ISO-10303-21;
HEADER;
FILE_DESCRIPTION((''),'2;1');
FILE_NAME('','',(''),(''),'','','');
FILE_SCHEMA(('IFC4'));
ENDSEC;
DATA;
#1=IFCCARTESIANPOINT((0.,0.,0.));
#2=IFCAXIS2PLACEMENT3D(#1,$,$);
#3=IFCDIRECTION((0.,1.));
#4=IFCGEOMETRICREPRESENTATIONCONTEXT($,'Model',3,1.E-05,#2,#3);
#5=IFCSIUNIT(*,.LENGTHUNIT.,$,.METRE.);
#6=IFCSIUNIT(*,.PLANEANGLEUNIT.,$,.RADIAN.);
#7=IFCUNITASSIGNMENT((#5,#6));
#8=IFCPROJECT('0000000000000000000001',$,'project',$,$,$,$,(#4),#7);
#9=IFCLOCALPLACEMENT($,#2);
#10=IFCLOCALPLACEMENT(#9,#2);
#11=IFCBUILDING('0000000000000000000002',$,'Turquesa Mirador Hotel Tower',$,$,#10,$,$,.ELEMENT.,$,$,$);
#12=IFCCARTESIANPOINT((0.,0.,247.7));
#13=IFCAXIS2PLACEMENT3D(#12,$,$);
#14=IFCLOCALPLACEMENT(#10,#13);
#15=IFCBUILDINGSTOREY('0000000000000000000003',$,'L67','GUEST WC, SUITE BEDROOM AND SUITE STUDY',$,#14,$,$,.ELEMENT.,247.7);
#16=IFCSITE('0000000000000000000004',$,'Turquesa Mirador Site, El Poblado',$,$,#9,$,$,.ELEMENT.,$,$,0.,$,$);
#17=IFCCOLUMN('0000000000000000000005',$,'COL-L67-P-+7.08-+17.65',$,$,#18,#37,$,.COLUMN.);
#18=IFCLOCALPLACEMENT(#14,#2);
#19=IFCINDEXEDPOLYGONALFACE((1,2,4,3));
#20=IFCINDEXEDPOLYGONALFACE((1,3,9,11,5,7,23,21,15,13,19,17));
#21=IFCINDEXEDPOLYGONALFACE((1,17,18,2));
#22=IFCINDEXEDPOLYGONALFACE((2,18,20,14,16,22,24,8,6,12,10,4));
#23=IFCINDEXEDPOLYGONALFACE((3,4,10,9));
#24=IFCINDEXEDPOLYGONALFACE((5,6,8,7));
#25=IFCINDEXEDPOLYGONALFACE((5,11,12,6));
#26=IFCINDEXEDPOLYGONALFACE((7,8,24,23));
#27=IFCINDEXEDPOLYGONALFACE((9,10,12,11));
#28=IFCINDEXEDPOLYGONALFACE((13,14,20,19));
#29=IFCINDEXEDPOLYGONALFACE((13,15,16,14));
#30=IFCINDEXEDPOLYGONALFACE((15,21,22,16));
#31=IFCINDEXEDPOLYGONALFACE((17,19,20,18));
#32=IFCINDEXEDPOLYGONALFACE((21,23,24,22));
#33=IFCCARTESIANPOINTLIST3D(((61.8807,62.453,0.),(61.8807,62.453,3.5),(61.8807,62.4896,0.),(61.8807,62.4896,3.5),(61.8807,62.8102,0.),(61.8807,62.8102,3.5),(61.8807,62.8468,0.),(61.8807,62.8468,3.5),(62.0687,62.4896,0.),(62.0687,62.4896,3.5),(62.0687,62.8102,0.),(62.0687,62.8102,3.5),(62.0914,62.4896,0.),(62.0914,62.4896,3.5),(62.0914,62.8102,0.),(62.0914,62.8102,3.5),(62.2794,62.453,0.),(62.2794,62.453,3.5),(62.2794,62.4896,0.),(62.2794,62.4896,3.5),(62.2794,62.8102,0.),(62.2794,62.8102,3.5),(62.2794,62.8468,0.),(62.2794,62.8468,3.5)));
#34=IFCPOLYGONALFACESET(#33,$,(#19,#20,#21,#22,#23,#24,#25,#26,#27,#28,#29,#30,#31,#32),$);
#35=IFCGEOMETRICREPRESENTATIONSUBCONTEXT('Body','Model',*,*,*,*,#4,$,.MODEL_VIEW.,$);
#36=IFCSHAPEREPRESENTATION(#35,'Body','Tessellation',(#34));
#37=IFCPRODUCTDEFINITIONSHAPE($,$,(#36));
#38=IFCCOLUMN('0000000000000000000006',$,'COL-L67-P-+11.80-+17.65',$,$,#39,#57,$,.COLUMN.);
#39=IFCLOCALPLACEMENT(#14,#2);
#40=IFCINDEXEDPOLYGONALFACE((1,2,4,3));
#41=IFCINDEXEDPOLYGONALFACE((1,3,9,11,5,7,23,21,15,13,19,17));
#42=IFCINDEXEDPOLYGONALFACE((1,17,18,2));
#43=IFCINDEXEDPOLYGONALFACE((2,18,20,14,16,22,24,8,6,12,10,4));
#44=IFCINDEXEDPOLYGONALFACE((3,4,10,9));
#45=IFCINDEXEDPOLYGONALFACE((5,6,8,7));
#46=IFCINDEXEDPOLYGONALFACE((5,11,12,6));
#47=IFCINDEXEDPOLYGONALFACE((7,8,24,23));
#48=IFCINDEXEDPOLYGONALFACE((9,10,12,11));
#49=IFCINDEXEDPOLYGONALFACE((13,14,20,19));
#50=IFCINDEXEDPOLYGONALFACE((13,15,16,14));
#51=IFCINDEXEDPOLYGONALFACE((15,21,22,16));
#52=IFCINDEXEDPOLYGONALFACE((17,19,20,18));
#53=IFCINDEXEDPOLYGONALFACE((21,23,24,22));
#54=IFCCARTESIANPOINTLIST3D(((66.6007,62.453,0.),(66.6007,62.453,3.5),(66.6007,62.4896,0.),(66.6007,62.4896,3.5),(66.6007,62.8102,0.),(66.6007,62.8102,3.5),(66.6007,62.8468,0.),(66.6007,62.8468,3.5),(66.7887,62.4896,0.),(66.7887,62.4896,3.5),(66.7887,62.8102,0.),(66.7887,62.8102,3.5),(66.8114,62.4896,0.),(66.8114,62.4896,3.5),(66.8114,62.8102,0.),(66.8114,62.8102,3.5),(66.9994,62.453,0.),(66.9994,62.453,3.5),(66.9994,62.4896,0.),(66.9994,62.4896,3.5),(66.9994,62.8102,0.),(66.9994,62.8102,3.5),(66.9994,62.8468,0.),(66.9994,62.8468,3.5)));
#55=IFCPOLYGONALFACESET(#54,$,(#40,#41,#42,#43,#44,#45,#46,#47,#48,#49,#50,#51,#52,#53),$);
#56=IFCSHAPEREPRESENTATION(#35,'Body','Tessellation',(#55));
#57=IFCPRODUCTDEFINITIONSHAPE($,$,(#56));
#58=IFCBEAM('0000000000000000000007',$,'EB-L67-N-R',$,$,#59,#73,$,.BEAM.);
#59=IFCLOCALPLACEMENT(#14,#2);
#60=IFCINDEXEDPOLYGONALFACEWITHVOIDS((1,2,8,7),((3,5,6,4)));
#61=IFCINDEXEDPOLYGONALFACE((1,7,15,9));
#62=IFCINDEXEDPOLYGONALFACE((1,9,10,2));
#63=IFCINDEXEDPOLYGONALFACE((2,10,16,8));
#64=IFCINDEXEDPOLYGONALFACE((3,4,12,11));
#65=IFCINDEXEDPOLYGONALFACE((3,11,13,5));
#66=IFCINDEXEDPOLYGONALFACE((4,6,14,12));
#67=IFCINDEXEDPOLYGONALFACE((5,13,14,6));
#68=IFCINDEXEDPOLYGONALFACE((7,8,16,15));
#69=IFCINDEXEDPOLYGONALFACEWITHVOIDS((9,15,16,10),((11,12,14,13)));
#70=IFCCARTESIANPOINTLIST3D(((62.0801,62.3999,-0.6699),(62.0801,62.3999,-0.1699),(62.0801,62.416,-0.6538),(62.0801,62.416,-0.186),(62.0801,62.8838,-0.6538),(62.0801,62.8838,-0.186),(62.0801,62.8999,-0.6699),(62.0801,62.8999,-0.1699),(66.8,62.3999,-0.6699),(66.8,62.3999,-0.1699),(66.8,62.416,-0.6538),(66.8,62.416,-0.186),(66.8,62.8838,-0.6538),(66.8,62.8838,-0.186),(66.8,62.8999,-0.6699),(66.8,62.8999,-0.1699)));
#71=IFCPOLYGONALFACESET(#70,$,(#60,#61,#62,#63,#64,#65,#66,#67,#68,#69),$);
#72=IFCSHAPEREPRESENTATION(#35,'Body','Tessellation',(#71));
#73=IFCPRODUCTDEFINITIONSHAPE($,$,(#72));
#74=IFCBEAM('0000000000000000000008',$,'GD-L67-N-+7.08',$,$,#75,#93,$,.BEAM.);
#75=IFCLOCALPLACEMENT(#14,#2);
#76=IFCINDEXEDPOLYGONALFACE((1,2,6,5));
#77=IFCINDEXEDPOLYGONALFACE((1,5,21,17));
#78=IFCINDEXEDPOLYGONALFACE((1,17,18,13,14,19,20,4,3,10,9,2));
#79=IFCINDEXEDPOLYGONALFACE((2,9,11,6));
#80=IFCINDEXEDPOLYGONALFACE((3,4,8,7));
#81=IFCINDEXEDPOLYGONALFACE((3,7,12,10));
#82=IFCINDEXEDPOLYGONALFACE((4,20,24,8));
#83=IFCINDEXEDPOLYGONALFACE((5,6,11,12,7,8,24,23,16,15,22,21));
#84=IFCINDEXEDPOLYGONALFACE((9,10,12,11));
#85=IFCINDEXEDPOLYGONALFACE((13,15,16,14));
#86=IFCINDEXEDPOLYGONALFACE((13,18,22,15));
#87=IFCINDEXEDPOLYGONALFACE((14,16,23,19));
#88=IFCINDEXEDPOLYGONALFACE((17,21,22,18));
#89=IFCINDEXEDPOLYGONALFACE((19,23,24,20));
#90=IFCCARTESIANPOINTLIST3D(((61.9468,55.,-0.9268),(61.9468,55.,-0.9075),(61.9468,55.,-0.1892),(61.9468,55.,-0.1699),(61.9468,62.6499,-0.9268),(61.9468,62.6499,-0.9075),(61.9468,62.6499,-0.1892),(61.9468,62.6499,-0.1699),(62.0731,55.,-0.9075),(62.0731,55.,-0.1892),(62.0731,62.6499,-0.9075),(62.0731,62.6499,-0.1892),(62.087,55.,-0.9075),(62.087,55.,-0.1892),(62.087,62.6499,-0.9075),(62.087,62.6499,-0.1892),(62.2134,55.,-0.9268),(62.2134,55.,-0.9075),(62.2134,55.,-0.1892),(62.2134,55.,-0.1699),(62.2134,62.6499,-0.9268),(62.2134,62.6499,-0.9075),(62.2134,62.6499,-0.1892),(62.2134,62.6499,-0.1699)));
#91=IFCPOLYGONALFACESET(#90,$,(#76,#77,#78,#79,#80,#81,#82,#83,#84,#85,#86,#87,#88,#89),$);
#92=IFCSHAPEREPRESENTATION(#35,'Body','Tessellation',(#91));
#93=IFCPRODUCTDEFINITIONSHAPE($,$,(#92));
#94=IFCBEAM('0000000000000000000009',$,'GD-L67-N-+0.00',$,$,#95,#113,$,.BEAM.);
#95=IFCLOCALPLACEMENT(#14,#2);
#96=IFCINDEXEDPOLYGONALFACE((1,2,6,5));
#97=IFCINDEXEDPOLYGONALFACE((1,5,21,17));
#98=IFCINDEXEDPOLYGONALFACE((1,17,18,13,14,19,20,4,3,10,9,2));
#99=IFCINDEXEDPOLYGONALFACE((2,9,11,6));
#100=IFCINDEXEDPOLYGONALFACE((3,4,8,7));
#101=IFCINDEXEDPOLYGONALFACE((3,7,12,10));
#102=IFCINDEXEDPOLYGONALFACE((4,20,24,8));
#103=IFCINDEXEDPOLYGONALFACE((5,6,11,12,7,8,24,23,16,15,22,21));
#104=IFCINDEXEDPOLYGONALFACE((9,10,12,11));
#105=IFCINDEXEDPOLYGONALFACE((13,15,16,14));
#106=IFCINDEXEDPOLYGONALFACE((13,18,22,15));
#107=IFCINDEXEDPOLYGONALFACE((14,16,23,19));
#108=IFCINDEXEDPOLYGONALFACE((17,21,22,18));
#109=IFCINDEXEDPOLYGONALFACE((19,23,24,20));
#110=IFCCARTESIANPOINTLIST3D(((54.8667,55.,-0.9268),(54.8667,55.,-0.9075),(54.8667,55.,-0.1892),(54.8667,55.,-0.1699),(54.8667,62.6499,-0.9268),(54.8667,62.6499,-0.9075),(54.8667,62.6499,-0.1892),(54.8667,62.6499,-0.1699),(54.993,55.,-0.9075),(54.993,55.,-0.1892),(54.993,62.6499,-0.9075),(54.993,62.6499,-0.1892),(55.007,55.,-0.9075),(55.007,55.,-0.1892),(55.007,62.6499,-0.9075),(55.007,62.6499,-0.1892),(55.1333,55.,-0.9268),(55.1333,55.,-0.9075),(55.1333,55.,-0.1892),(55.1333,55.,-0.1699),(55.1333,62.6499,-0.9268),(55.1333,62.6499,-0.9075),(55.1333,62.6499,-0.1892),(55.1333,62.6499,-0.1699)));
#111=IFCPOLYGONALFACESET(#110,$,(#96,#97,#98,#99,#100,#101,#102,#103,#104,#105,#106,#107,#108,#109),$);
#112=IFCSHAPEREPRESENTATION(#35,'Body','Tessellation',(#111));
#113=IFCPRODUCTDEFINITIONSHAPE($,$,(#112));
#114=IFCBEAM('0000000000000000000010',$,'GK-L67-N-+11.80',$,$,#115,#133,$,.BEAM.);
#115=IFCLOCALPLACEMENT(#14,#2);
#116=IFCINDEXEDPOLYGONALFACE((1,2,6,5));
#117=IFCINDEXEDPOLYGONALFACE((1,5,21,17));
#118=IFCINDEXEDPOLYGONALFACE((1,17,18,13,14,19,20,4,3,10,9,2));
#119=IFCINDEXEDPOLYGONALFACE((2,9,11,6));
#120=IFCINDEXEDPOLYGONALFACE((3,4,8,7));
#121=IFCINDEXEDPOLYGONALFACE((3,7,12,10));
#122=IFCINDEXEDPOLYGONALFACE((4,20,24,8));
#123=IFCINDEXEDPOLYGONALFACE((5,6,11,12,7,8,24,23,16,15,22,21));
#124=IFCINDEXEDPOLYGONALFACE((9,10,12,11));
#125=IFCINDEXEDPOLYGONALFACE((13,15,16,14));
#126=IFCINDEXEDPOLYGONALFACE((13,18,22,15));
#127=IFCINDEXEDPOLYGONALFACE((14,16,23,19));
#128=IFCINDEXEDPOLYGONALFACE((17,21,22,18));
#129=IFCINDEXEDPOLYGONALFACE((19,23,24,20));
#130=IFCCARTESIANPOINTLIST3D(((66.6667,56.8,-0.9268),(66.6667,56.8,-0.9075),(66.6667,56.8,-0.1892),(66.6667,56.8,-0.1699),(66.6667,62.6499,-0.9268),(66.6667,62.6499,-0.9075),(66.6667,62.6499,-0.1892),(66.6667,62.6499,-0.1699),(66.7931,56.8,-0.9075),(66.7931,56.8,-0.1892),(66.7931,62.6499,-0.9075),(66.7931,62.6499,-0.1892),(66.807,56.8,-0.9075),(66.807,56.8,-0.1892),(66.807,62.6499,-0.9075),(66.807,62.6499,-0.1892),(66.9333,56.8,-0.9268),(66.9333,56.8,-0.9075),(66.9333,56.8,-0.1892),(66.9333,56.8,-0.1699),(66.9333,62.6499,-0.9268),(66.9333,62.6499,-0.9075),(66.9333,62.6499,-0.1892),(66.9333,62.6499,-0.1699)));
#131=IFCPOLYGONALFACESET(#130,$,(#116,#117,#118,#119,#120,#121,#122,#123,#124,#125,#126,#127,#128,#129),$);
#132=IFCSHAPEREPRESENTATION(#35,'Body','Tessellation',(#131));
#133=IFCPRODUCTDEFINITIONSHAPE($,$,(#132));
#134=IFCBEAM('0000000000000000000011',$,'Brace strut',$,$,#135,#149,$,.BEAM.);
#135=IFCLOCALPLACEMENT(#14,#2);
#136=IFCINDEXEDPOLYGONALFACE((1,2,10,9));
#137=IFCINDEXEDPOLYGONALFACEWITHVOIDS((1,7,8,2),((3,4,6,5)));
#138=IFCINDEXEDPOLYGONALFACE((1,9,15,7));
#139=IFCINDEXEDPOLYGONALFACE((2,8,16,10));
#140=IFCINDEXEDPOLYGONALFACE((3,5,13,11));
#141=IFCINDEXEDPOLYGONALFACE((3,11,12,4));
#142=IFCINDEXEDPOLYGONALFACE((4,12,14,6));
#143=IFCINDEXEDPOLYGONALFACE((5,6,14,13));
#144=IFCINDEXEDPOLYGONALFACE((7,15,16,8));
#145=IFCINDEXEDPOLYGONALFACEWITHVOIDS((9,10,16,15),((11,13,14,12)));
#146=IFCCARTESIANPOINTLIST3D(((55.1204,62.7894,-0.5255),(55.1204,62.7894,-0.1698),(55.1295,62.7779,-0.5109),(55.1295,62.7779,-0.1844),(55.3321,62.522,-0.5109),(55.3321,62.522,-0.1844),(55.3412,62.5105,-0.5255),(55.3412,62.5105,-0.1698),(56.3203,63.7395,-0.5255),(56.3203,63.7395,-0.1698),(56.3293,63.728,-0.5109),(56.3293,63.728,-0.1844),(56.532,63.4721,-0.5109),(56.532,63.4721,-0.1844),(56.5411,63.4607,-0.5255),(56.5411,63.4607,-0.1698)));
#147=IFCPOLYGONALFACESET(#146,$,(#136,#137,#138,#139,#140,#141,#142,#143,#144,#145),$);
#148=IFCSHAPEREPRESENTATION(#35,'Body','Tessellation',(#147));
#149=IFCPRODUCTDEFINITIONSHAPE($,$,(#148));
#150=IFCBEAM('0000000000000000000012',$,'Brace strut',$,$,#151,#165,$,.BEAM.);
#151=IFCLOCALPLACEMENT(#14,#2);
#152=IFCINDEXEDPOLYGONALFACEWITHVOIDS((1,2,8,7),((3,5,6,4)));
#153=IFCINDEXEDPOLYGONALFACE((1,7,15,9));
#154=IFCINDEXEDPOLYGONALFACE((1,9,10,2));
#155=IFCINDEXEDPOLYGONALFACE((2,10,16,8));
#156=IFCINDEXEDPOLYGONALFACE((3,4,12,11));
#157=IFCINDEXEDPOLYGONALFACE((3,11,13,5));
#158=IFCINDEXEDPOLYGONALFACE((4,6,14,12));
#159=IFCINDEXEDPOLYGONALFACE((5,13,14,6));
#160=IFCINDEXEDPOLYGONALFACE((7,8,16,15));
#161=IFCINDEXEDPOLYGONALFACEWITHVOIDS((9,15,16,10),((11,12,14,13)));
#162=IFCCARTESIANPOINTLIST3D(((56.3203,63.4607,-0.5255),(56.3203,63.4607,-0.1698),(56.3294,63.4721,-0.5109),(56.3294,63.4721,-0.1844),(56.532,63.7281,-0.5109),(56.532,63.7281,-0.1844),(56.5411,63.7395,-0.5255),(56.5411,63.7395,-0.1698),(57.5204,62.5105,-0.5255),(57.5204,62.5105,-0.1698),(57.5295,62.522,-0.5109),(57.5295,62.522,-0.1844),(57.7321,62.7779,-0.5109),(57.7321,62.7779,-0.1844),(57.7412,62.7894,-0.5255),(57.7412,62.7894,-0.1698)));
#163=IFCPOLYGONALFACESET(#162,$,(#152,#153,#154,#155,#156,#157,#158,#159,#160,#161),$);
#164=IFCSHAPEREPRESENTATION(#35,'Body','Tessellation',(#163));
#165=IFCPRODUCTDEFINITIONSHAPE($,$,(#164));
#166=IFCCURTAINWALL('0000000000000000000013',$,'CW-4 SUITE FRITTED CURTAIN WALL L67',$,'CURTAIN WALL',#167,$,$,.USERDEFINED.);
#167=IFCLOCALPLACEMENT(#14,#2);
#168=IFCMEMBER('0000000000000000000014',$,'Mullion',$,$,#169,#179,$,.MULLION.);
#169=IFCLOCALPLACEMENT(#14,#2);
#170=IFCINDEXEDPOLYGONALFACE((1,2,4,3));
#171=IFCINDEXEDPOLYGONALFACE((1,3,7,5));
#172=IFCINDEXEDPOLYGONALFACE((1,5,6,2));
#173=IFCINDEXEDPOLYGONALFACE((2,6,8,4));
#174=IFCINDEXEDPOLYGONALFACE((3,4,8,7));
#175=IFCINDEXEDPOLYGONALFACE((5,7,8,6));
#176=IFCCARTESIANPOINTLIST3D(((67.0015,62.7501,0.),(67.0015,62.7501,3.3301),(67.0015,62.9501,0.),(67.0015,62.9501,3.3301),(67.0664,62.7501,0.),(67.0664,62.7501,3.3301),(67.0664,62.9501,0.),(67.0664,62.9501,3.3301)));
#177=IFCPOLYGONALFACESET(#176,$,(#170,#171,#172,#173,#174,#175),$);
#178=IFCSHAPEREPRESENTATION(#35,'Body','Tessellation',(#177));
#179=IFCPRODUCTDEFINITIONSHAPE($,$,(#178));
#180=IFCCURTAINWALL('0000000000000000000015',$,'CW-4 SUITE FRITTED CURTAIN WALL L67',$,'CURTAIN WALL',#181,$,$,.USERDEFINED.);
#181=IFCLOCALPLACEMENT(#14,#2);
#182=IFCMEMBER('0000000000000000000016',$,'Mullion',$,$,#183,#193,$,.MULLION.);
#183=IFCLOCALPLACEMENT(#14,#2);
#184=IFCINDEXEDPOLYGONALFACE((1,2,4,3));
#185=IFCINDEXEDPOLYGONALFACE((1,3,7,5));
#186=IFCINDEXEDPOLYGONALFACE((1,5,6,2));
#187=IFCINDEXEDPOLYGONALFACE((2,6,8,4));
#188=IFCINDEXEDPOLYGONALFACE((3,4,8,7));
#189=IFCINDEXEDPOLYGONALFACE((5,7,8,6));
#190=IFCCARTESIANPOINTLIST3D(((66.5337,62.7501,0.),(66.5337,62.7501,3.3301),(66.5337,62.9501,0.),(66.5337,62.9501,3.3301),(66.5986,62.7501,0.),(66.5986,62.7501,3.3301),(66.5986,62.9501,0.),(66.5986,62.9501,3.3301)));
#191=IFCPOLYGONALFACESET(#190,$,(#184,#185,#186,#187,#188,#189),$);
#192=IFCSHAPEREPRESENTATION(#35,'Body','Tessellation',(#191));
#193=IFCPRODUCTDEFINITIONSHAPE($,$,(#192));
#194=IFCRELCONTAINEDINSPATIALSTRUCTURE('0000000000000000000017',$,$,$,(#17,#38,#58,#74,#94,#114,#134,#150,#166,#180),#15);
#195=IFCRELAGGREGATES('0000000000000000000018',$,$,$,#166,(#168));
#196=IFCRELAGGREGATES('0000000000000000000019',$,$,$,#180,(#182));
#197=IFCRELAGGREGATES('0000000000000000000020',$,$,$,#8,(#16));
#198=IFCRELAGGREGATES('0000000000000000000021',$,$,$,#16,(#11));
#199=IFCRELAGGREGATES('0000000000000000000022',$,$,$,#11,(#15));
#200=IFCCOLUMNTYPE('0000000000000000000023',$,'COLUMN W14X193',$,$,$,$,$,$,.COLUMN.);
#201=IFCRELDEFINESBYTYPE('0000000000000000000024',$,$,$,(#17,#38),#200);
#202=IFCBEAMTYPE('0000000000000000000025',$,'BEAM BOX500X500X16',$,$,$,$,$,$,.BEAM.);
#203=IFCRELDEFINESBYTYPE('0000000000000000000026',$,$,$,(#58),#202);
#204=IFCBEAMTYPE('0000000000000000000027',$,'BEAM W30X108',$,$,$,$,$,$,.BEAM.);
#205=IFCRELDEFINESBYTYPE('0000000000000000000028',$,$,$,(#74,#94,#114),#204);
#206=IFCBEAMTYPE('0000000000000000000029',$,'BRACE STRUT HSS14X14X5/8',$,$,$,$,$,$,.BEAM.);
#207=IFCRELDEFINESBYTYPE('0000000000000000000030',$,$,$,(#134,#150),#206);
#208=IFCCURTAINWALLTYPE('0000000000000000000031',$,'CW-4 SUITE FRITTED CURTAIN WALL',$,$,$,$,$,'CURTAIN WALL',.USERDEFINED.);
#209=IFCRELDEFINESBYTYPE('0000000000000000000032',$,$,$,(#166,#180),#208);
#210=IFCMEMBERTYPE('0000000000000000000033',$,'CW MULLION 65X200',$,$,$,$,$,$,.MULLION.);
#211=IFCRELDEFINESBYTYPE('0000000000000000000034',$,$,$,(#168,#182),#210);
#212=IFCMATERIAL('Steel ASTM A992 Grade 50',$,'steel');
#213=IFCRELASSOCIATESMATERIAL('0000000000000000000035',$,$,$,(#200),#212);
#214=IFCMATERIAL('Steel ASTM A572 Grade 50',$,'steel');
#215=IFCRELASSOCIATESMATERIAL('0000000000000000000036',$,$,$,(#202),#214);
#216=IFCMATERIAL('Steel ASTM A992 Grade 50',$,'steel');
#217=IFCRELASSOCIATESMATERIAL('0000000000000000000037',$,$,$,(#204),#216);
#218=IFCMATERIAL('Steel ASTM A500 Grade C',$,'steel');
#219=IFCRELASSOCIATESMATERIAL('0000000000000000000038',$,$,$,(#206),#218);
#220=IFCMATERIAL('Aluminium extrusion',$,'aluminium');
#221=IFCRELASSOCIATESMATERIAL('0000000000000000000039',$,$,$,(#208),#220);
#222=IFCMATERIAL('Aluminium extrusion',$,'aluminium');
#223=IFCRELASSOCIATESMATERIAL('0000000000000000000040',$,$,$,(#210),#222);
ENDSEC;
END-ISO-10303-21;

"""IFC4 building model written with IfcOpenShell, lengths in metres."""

from ifc_helpers import new_model, si_unit, direction, frame, origin, origin_2d, place, context, subcontext, project, spatial, rectangle, hollow_rectangle, i_section, extrude, material, material_profile, profile_set, type_object, element, aggregate, save


model = new_model("IFC4")

# Units and contexts
model_context = context("Model", 3, precision=1e-05, world=origin(), true_north=direction((0.0, 1.0)))
body_context = subcontext(model_context, "Body", "Model", "MODEL_VIEW")
ifc_project = project(units=[si_unit("LENGTHUNIT", "METRE"), si_unit("PLANEANGLEUNIT", "RADIAN")], contexts=[model_context])

# Site, building, storey
site_placement = place(None, origin())
site = spatial("IfcSite", under=ifc_project, at=site_placement, Name="Turquesa Mirador Site, El Poblado", CompositionType="ELEMENT", RefElevation=0.0)
building_placement = place(site_placement, origin())
building = spatial("IfcBuilding", under=site, at=building_placement, Name="Turquesa Mirador Hotel Tower", CompositionType="ELEMENT")
storey_placement = place(building_placement, frame((0.0, 0.0, 247.7)))
storey = spatial("IfcBuildingStorey", under=building, at=storey_placement, Name="L67", Description="GUEST WC, SUITE BEDROOM AND SUITE STUDY", CompositionType="ELEMENT", Elevation=247.7)

# Columns
ifc_material_1 = material(Name="Steel ASTM A992 Grade 50", Category="steel")
ifc_material_profile_1 = material_profile(ifc_material_1, i_section(OverallWidth=0.3987, OverallDepth=0.3938, WebThickness=0.0227, FlangeThickness=0.0366, at=origin_2d()), Name="W14X193")
ifc_profile_set_1 = profile_set([ifc_material_profile_1], Name="Steel ASTM A992 Grade 50")
column_type = type_object("IfcColumnType", Name="COLUMN W14X193", PredefinedType="COLUMN", material=ifc_profile_set_1)
for number, where, z_axis, x_axis, name in (
    (1, (62.0801, 62.6499, 0.0), (0.0, 0.0, 1.0), (1.0, 0.0, 0.0), "COL-L67-P-+7.08-+17.65"),
    (2, (66.8, 62.6499, 0.0), (0.0, 0.0, 1.0), (1.0, 0.0, 0.0), "COL-L67-P-+11.80-+17.65"),
):
    element("IfcColumn", number, at=place(storey_placement, frame(where, z_axis=z_axis, x_axis=x_axis)), inside=storey, type_object=column_type, Name=name, PredefinedType="COLUMN", context=body_context, shape_type="SweptSolid", body=[
        extrude(i_section(OverallWidth=0.3987, OverallDepth=0.3938, WebThickness=0.0227, FlangeThickness=0.0366, at=origin_2d()), origin(), (0.0, 0.0, 1.0), 3.5),
    ])

# Beams
ifc_material_2 = material(Name="Steel ASTM A572 Grade 50", Category="steel")
ifc_material_profile_2 = material_profile(ifc_material_2, hollow_rectangle(XDim=0.5, YDim=0.5, WallThickness=0.0161, at=origin_2d()), Name="BOX500X500X16")
ifc_profile_set_2 = profile_set([ifc_material_profile_2], Name="Steel ASTM A572 Grade 50")
beam_type_1 = type_object("IfcBeamType", Name="BEAM BOX500X500X16", PredefinedType="BEAM", material=ifc_profile_set_2)
beam_1_placement = place(storey_placement, frame((62.0801, 62.6499, -0.4199), z_axis=(1.0, 0.0, 0.0), x_axis=(0.0, 1.0, 0.0)))
element("IfcBeam", 3, at=beam_1_placement, inside=storey, type_object=beam_type_1, Name="EB-L67-N-R", PredefinedType="BEAM", context=body_context, shape_type="SweptSolid", body=[
    extrude(hollow_rectangle(XDim=0.5, YDim=0.5, WallThickness=0.0161, at=origin_2d()), origin(), (0.0, 0.0, 1.0), 4.72),
])
ifc_material_3 = material(Name="Steel ASTM A992 Grade 50", Category="steel")
ifc_material_profile_3 = material_profile(ifc_material_3, i_section(OverallWidth=0.2666, OverallDepth=0.7568, WebThickness=0.0139, FlangeThickness=0.0193, at=origin_2d()), Name="W30X108")
ifc_profile_set_3 = profile_set([ifc_material_profile_3], Name="Steel ASTM A992 Grade 50")
beam_type_2 = type_object("IfcBeamType", Name="BEAM W30X108", PredefinedType="BEAM", material=ifc_profile_set_3)
for number, where, z_axis, x_axis, name in (
    (4, (62.0801, 62.6499, -0.5483), (0.0, -1.0, 0.0), (1.0, 0.0, 0.0), "GD-L67-N-+7.08"),
    (5, (55.0, 62.6499, -0.5483), (0.0, -1.0, 0.0), (1.0, 0.0, 0.0), "GD-L67-N-+0.00"),
):
    element("IfcBeam", number, at=place(storey_placement, frame(where, z_axis=z_axis, x_axis=x_axis)), inside=storey, type_object=beam_type_2, Name=name, PredefinedType="BEAM", context=body_context, shape_type="SweptSolid", body=[
        extrude(i_section(OverallWidth=0.2666, OverallDepth=0.7568, WebThickness=0.0139, FlangeThickness=0.0193, at=origin_2d()), origin(), (0.0, 0.0, 1.0), 7.6499),
    ])
beam_2_placement = place(storey_placement, frame((66.8, 62.6499, -0.5483), z_axis=(0.0, -1.0, 0.0), x_axis=(1.0, 0.0, 0.0)))
element("IfcBeam", 6, at=beam_2_placement, inside=storey, type_object=beam_type_2, Name="GK-L67-N-+11.80", PredefinedType="BEAM", context=body_context, shape_type="SweptSolid", body=[
    extrude(i_section(OverallWidth=0.2666, OverallDepth=0.7568, WebThickness=0.0139, FlangeThickness=0.0193, at=origin_2d()), origin(), (0.0, 0.0, 1.0), 5.8499),
])
ifc_material_4 = material(Name="Steel ASTM A500 Grade C", Category="steel")
ifc_material_profile_4 = material_profile(ifc_material_4, hollow_rectangle(XDim=0.3557, YDim=0.3557, WallThickness=0.0146, at=origin_2d()), Name="HSS14X14X5/8")
ifc_profile_set_4 = profile_set([ifc_material_profile_4], Name="Steel ASTM A500 Grade C")
beam_type_3 = type_object("IfcBeamType", Name="BRACE STRUT HSS14X14X5/8", PredefinedType="BEAM", material=ifc_profile_set_4)
beam_3_placement = place(storey_placement, frame((56.4307, 63.6001, -0.3477), z_axis=(-0.783971, -0.620797, 0.0), x_axis=(0.620797, -0.783971, 0.0)))
element("IfcBeam", 7, at=beam_3_placement, inside=storey, type_object=beam_type_3, Name="Brace strut", PredefinedType="BEAM", context=body_context, shape_type="SweptSolid", body=[
    extrude(hollow_rectangle(XDim=0.3557, YDim=0.3557, WallThickness=0.0146, at=origin_2d()), origin(), (0.0, 0.0, 1.0), 1.5305),
])
beam_4_placement = place(storey_placement, frame((56.4307, 63.6001, -0.3477), z_axis=(0.784033, -0.620719, 0.0), x_axis=(0.620719, 0.784033, 0.0)))
element("IfcBeam", 8, at=beam_4_placement, inside=storey, type_object=beam_type_3, Name="Brace strut", PredefinedType="BEAM", context=body_context, shape_type="SweptSolid", body=[
    extrude(hollow_rectangle(XDim=0.3557, YDim=0.3557, WallThickness=0.0146, at=origin_2d()), origin(), (0.0, 0.0, 1.0), 1.5308),
])

# Curtain wall, member
ifc_material_5 = material(Name="Aluminium extrusion", Category="aluminium")
curtain_wall_type = type_object("IfcCurtainWallType", Name="CW-4 SUITE FRITTED CURTAIN WALL", ElementType="CURTAIN WALL", PredefinedType="USERDEFINED", material=ifc_material_5)
curtain_wall_1_placement = place(storey_placement, origin())
curtain_wall_1 = element("IfcCurtainWall", 9, at=curtain_wall_1_placement, inside=storey, type_object=curtain_wall_type, Name="CW-4 SUITE FRITTED CURTAIN WALL L67", ObjectType="CURTAIN WALL", PredefinedType="USERDEFINED")
ifc_material_6 = material(Name="Aluminium extrusion", Category="aluminium")
ifc_material_profile_5 = material_profile(ifc_material_6, rectangle(XDim=0.0649, YDim=0.2, at=origin_2d()), Name="MULLION 65X200")
ifc_profile_set_5 = profile_set([ifc_material_profile_5], Name="Aluminium extrusion")
member_type_1 = type_object("IfcMemberType", Name="CW MULLION 65X200", PredefinedType="MULLION", material=ifc_profile_set_5)
member_1_placement = place(storey_placement, frame((67.0339, 62.8501, 0.0), z_axis=(0.0, 0.0, 1.0), x_axis=(-1.0, 0.0, 0.0)))
member_1 = element("IfcMember", 10, at=member_1_placement, type_object=member_type_1, Name="Mullion", PredefinedType="MULLION", context=body_context, shape_type="SweptSolid", body=[
    extrude(rectangle(XDim=0.0649, YDim=0.2, at=origin_2d()), origin(), (0.0, 0.0, 1.0), 3.3301),
])

# Curtain wall, member
curtain_wall_2_placement = place(storey_placement, origin())
curtain_wall_2 = element("IfcCurtainWall", 11, at=curtain_wall_2_placement, inside=storey, type_object=curtain_wall_type, Name="CW-4 SUITE FRITTED CURTAIN WALL L67", ObjectType="CURTAIN WALL", PredefinedType="USERDEFINED")
member_2_placement = place(storey_placement, frame((66.5662, 62.8501, 0.0), z_axis=(0.0, 0.0, 1.0), x_axis=(-1.0, 0.0, 0.0)))
member_2 = element("IfcMember", 12, at=member_2_placement, type_object=member_type_1, Name="Mullion", PredefinedType="MULLION", context=body_context, shape_type="SweptSolid", body=[
    extrude(rectangle(XDim=0.0649, YDim=0.2, at=origin_2d()), origin(), (0.0, 0.0, 1.0), 3.3301),
])

aggregate(curtain_wall_1, [member_1])
aggregate(curtain_wall_2, [member_2])

save(model, "model.ifc")
